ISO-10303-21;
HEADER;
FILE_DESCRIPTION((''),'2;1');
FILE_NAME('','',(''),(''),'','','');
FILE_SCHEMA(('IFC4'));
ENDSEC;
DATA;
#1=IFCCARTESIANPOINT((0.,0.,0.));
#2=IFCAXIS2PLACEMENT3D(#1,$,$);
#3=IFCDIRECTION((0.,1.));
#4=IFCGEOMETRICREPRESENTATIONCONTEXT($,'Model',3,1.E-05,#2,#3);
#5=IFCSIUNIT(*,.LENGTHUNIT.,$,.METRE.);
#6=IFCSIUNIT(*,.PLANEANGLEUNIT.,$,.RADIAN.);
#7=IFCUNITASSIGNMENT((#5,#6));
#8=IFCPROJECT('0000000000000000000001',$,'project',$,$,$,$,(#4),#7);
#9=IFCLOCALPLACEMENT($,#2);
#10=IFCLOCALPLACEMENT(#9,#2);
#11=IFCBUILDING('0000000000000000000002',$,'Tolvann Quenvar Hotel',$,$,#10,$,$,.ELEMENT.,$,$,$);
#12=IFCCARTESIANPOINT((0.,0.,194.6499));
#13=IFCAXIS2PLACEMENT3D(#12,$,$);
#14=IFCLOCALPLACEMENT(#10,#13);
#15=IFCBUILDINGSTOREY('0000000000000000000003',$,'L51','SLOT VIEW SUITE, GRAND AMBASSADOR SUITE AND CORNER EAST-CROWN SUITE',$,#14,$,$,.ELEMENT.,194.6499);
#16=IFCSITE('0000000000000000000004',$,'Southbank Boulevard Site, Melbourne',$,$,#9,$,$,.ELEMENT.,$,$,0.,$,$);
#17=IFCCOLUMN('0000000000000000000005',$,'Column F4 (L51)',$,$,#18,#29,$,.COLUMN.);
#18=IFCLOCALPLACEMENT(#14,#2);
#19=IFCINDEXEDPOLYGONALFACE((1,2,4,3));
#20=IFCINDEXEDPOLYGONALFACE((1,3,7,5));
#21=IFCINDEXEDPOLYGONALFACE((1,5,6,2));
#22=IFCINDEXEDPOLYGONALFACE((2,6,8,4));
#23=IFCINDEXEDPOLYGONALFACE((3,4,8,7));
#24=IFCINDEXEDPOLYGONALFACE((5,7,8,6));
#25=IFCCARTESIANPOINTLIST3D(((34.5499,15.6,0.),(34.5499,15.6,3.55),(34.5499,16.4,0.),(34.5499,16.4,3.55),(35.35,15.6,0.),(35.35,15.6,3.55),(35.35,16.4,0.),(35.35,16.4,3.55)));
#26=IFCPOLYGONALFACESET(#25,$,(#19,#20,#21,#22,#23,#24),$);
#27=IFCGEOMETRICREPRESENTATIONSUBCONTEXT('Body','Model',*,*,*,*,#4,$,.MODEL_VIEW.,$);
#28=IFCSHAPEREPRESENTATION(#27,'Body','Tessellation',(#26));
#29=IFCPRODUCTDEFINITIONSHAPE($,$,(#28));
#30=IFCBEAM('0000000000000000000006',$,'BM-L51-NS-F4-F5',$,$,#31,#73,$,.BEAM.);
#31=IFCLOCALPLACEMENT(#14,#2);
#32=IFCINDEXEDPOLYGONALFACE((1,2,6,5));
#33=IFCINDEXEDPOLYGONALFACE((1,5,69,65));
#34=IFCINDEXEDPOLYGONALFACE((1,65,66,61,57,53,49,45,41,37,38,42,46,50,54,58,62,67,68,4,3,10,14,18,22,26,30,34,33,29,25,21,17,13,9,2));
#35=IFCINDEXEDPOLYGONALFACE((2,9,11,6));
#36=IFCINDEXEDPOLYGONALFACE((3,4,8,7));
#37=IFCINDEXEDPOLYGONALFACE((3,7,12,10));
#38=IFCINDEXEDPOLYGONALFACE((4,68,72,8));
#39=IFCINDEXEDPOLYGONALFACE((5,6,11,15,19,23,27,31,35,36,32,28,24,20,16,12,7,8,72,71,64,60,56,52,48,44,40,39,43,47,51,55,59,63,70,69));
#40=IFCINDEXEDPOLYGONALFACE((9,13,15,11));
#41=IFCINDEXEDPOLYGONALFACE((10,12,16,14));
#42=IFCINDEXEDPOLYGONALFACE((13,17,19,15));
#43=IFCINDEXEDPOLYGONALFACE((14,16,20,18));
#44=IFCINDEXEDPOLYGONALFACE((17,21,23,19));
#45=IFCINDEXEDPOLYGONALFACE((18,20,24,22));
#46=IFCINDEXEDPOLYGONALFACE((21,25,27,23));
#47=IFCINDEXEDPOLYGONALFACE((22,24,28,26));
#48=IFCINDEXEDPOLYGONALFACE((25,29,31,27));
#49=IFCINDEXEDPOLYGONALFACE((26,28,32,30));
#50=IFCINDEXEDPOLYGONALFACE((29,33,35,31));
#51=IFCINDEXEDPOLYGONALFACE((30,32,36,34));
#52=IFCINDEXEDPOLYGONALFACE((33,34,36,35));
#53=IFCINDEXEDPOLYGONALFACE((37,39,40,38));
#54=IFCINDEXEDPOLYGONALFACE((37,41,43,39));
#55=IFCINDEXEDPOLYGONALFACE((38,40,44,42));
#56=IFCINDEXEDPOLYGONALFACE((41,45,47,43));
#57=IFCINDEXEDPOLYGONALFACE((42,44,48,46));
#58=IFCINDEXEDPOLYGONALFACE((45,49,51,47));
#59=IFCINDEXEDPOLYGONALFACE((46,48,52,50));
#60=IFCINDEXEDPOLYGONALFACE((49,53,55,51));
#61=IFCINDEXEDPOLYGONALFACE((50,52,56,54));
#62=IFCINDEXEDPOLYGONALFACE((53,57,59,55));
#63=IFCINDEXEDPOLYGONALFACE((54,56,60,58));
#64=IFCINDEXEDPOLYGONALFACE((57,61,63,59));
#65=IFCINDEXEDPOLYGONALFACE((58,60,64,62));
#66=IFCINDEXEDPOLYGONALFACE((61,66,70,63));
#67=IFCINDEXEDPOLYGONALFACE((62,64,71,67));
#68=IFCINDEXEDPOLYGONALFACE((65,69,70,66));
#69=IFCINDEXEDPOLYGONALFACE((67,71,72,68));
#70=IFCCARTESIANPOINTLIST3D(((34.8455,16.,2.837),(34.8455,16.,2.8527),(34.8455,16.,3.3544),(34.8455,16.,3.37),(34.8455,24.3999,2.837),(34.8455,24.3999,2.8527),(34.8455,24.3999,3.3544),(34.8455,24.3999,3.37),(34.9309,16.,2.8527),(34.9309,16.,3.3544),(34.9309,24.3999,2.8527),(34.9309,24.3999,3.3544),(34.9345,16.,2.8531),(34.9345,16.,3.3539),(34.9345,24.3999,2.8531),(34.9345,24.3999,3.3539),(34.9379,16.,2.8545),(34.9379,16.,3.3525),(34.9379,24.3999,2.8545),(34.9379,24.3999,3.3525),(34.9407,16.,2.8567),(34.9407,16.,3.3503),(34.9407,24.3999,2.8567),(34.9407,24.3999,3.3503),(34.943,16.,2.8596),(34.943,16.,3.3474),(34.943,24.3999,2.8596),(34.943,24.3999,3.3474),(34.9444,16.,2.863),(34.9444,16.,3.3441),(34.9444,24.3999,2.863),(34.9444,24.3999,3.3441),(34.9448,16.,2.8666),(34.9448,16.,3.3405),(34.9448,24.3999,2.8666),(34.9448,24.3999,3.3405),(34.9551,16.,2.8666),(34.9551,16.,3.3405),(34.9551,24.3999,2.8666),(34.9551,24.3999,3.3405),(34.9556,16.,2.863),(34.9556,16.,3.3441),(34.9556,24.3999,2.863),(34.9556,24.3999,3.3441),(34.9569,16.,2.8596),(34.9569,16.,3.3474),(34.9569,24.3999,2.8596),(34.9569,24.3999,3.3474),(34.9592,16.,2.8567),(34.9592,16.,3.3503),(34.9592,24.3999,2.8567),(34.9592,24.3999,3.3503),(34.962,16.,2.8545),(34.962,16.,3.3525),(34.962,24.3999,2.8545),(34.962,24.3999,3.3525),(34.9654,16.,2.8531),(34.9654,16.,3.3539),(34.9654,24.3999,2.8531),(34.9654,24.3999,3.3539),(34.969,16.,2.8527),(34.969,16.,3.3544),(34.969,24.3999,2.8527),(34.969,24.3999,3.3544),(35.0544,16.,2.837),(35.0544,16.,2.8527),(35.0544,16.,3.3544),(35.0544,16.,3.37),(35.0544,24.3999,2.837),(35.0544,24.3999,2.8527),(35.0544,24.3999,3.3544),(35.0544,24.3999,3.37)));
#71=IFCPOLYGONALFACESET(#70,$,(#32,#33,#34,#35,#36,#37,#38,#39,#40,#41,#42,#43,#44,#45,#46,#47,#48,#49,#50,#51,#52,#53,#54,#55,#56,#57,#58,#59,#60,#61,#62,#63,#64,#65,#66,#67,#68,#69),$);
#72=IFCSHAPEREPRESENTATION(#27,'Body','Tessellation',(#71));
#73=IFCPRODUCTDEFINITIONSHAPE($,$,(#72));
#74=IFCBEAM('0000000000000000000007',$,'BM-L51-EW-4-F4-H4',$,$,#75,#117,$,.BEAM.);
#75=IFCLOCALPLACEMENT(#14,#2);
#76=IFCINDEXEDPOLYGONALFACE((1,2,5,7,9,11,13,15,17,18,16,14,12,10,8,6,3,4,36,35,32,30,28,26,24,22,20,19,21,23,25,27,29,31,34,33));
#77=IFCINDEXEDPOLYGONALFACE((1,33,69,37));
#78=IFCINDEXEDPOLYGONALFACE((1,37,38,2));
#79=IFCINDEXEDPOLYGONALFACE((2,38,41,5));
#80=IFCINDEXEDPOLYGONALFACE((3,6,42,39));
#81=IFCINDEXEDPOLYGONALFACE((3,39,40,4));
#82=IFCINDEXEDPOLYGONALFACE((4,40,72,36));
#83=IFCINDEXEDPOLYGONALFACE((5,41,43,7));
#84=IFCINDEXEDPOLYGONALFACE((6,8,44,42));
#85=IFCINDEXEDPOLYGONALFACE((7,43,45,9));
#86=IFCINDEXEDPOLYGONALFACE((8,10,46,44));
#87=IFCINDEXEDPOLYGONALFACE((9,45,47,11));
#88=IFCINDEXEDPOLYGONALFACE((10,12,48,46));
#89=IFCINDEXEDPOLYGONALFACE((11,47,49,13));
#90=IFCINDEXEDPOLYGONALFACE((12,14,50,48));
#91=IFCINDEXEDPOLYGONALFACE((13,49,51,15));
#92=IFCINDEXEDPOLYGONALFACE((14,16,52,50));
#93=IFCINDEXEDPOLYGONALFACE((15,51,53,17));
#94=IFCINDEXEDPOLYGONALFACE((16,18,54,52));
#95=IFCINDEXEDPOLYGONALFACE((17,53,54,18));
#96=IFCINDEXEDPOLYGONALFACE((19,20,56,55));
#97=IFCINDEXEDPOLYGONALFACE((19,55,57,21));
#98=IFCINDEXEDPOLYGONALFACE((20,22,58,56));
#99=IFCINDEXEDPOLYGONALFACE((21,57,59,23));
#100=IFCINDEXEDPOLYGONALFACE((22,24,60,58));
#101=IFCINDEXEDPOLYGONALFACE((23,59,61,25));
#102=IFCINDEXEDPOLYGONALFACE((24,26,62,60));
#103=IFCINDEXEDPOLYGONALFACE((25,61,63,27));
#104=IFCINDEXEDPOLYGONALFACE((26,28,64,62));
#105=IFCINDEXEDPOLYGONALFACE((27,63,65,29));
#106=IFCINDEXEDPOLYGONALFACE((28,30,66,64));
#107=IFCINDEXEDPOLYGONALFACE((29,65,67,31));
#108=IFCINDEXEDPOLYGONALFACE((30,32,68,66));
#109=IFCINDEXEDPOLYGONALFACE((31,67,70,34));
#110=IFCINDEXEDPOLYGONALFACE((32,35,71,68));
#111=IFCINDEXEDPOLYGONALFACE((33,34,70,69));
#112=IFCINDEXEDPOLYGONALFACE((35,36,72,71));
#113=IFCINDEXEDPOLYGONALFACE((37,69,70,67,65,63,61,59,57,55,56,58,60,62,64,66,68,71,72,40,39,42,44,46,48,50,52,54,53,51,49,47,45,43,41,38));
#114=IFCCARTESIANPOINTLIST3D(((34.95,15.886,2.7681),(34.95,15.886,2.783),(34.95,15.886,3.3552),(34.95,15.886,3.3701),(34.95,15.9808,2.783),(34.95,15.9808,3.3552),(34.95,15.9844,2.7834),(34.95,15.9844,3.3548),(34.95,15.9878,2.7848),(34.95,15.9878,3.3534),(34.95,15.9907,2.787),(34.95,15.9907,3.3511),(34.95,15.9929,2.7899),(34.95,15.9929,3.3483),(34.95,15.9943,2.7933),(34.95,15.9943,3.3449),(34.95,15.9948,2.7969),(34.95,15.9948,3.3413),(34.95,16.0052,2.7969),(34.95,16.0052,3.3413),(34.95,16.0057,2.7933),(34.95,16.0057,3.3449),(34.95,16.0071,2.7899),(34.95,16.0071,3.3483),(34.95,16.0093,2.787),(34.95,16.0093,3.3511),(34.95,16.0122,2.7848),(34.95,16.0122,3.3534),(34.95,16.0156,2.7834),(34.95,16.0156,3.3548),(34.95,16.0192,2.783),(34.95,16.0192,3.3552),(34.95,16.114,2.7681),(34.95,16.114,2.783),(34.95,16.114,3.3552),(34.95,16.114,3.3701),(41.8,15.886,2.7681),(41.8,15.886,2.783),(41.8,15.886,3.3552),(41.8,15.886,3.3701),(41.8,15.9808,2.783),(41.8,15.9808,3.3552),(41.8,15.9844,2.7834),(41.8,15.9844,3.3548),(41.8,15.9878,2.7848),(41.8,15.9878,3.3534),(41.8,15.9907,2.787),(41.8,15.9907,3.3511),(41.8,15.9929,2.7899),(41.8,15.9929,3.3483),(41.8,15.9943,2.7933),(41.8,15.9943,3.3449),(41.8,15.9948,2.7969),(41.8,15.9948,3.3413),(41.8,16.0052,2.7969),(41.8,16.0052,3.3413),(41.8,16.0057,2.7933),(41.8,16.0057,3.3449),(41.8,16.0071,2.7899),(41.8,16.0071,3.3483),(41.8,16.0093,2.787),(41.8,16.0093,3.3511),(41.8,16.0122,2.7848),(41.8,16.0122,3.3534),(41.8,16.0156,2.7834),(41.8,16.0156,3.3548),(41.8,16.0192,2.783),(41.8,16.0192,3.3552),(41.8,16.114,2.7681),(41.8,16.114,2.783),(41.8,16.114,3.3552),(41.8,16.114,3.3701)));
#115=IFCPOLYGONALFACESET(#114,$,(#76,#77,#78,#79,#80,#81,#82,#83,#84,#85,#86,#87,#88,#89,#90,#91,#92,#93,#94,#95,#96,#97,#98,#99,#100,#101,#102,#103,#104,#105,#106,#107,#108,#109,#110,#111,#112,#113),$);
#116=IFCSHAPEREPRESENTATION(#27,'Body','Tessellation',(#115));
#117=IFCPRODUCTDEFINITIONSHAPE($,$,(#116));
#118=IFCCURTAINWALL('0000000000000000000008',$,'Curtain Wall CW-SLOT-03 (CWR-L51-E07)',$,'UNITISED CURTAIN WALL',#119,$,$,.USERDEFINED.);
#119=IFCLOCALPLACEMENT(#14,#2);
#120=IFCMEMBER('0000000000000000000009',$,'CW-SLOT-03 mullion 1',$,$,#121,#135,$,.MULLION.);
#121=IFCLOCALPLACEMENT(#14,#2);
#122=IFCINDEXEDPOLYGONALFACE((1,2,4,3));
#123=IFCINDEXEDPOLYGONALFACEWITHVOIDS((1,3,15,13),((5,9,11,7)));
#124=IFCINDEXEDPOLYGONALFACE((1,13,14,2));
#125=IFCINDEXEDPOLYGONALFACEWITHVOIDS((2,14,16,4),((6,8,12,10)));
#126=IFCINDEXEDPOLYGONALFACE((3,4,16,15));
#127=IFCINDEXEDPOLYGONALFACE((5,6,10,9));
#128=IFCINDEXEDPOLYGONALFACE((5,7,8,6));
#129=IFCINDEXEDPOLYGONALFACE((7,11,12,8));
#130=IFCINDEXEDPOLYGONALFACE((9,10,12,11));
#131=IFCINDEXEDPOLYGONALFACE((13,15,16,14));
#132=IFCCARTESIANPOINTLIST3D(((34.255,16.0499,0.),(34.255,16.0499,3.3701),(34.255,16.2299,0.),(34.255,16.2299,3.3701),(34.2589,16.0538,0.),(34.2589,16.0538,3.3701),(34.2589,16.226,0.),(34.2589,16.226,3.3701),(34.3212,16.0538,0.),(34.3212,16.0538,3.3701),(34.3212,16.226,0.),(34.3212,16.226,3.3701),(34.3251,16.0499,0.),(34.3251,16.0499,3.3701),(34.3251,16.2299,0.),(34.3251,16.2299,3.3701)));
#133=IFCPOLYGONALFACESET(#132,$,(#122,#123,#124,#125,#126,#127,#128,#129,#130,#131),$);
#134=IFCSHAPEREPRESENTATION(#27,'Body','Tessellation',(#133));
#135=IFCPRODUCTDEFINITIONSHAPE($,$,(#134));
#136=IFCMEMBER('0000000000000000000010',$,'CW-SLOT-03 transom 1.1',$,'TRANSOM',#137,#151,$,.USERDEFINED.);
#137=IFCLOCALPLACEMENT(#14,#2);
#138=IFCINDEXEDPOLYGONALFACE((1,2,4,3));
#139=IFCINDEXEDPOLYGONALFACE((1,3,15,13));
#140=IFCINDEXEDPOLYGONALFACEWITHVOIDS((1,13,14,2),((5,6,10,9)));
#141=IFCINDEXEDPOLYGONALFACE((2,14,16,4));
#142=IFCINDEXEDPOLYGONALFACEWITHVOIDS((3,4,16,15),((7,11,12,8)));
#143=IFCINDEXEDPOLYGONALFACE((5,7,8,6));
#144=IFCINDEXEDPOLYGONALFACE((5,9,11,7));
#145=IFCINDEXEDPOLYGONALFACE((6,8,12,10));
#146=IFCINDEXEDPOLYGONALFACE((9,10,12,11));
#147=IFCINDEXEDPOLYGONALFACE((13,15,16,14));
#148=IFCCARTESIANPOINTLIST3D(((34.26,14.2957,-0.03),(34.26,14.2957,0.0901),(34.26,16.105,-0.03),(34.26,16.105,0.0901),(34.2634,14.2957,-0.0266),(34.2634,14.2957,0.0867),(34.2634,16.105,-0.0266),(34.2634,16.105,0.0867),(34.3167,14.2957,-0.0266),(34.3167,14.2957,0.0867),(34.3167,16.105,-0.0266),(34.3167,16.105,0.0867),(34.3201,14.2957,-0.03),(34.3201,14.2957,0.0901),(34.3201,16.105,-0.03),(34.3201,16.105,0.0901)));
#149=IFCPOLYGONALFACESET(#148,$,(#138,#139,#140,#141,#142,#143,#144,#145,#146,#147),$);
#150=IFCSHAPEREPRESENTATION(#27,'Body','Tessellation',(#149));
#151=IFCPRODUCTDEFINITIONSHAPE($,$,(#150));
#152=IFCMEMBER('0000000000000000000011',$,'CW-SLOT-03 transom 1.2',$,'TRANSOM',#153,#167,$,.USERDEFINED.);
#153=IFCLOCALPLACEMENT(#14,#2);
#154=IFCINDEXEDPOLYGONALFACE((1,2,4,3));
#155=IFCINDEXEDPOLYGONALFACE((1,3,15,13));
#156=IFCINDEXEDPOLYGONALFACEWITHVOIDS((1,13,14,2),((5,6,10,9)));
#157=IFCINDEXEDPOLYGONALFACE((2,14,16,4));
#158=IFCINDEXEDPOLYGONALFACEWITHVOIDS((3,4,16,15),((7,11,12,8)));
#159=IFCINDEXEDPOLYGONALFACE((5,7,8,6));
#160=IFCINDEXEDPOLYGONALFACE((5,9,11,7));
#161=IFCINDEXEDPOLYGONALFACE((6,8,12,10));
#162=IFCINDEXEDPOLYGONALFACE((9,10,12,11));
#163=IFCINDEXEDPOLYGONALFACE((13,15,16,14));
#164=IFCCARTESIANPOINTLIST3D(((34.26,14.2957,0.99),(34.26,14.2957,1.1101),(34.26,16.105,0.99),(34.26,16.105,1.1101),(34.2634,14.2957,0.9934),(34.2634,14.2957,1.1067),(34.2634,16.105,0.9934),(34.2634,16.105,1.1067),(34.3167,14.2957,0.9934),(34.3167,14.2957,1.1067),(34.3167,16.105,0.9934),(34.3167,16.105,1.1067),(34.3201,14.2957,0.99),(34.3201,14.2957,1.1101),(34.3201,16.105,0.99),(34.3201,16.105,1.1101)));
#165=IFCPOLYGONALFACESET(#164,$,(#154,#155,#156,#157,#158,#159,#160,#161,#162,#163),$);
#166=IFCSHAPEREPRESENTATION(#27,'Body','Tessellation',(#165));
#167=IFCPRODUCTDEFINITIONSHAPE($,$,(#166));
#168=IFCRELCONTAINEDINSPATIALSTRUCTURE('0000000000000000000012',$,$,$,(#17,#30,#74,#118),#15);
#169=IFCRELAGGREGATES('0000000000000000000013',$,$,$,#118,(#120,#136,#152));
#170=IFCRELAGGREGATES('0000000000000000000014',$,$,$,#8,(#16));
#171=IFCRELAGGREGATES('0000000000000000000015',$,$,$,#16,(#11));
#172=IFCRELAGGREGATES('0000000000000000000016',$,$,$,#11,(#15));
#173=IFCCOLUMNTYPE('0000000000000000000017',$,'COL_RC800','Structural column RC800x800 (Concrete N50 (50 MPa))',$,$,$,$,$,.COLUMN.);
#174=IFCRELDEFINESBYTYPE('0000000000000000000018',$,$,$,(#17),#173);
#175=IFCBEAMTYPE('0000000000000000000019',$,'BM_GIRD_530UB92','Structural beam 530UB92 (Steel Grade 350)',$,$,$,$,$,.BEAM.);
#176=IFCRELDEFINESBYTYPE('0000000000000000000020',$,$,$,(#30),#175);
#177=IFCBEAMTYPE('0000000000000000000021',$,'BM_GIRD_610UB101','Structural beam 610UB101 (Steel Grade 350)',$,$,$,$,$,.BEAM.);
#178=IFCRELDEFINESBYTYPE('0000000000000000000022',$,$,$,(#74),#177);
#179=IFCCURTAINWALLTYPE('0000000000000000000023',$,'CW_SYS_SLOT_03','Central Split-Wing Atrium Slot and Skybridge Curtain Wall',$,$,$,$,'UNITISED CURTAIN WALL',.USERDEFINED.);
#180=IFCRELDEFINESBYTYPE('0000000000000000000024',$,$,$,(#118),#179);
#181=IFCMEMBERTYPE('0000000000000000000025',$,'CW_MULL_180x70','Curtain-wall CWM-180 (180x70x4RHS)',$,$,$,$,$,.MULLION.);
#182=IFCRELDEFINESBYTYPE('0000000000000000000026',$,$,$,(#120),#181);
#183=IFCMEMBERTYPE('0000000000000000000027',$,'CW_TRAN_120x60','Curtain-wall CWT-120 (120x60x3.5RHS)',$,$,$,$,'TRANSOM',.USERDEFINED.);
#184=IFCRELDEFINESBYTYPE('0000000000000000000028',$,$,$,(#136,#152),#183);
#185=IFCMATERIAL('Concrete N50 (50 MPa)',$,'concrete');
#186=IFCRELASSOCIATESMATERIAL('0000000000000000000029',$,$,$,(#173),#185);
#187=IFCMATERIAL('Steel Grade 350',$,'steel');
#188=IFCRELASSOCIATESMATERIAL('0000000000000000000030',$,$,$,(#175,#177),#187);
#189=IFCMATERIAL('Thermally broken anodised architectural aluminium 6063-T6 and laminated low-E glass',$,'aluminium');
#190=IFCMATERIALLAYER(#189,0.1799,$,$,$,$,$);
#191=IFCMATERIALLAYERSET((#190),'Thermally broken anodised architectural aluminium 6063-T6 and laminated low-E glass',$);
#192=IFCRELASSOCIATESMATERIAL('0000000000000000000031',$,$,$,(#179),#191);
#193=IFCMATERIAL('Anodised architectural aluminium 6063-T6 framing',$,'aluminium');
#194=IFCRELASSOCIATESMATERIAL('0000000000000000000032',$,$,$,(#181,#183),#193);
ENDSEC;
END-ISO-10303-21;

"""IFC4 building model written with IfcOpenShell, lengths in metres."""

from ifc_helpers import new_model, si_unit, direction, frame, origin, origin_2d, place, context, subcontext, project, spatial, rectangle, hollow_rectangle, i_section, extrude, source, transform, mapped, material, layer, layer_set, material_profile, profile_set, type_object, type_shapes, element, aggregate, save


model = new_model("IFC4")

# Units and contexts
model_context = context("Model", 3, precision=1e-05, world=origin(), true_north=direction((0.0, 1.0)))
body_context = subcontext(model_context, "Body", "Model", "MODEL_VIEW")
ifc_project = project(units=[si_unit("LENGTHUNIT", "METRE"), si_unit("PLANEANGLEUNIT", "RADIAN")], contexts=[model_context])

# Site, building, storey
site_placement = place(None, origin())
site = spatial("IfcSite", under=ifc_project, at=site_placement, Name="Southbank Boulevard Site, Melbourne", CompositionType="ELEMENT", RefElevation=0.0)
building_placement = place(site_placement, origin())
building = spatial("IfcBuilding", under=site, at=building_placement, Name="Tolvann Quenvar Hotel", CompositionType="ELEMENT")
storey_placement = place(building_placement, frame((0.0, 0.0, 194.6499)))
storey = spatial("IfcBuildingStorey", under=building, at=storey_placement, Name="L51", Description="SLOT VIEW SUITE, GRAND AMBASSADOR SUITE AND CORNER EAST-CROWN SUITE", CompositionType="ELEMENT", Elevation=194.6499)

# Column
ifc_material_1 = material(Name="Concrete N50 (50 MPa)", Category="concrete")
ifc_material_profile_1 = material_profile(ifc_material_1, rectangle(XDim=0.8, YDim=0.8, at=origin_2d()), Name="RC800x800")
ifc_profile_set_1 = profile_set([ifc_material_profile_1], Name="Concrete N50 (50 MPa)")
column_type = type_object("IfcColumnType", Name="COL_RC800", Description="Structural column RC800x800 (Concrete N50 (50 MPa))", PredefinedType="COLUMN", material=ifc_profile_set_1)
shared_shape_1 = source(origin(), body_context, "Body", "SweptSolid", [
    extrude(rectangle(XDim=0.8, YDim=0.8, at=origin_2d()), origin(), (0.0, 0.0, 1.0), 3.55),
])
type_shapes(column_type, [shared_shape_1])
column_placement = place(storey_placement, frame((34.95, 16.0, 0.0), z_axis=(0.0, 0.0, 1.0), x_axis=(1.0, 0.0, 0.0)))
element("IfcColumn", 1, at=column_placement, inside=storey, type_object=column_type, Name="Column F4 (L51)", PredefinedType="COLUMN", context=body_context, shape_type="MappedRepresentation", body=[
    mapped(shared_shape_1, transform((0.0, 0.0, 0.0), x_axis=(1.0, 0.0, 0.0), y_axis=(0.0, 1.0, 0.0), z_axis=(0.0, 0.0, 1.0), scale=1.0)),
])

# Beams
ifc_material_2 = material(Name="Steel Grade 350", Category="steel")
ifc_material_profile_2 = material_profile(ifc_material_2, i_section(OverallWidth=0.209, OverallDepth=0.533, WebThickness=0.0103, FlangeThickness=0.0156, FilletRadius=0.0139, at=origin_2d()), Name="530UB92")
ifc_profile_set_2 = profile_set([ifc_material_profile_2], Name="Steel Grade 350")
beam_type_1 = type_object("IfcBeamType", Name="BM_GIRD_530UB92", Description="Structural beam 530UB92 (Steel Grade 350)", PredefinedType="BEAM", material=ifc_profile_set_2)
shared_shape_2 = source(origin(), body_context, "Body", "SweptSolid", [
    extrude(i_section(OverallWidth=0.209, OverallDepth=0.533, WebThickness=0.0103, FlangeThickness=0.0156, FilletRadius=0.0139, at=origin_2d()), origin(), (0.0, 0.0, 1.0), 8.3999),
])
type_shapes(beam_type_1, [shared_shape_2])
beam_1_placement = place(storey_placement, frame((34.95, 16.0, 3.1035), z_axis=(0.0, 1.0, 0.0), x_axis=(-1.0, 0.0, 0.0)))
element("IfcBeam", 2, at=beam_1_placement, inside=storey, type_object=beam_type_1, Name="BM-L51-NS-F4-F5", PredefinedType="BEAM", context=body_context, shape_type="MappedRepresentation", body=[
    mapped(shared_shape_2, transform((0.0, 0.0, 0.0), x_axis=(1.0, 0.0, 0.0), y_axis=(0.0, 1.0, 0.0), z_axis=(0.0, 0.0, 1.0), scale=1.0)),
])
ifc_material_profile_3 = material_profile(ifc_material_2, i_section(OverallWidth=0.228, OverallDepth=0.6021, WebThickness=0.0105, FlangeThickness=0.0149, FilletRadius=0.0139, at=origin_2d()), Name="610UB101")
ifc_profile_set_3 = profile_set([ifc_material_profile_3], Name="Steel Grade 350")
beam_type_2 = type_object("IfcBeamType", Name="BM_GIRD_610UB101", Description="Structural beam 610UB101 (Steel Grade 350)", PredefinedType="BEAM", material=ifc_profile_set_3)
shared_shape_3 = source(origin(), body_context, "Body", "SweptSolid", [
    extrude(i_section(OverallWidth=0.228, OverallDepth=0.6021, WebThickness=0.0105, FlangeThickness=0.0149, FilletRadius=0.0139, at=origin_2d()), origin(), (0.0, 0.0, 1.0), 6.8501),
])
type_shapes(beam_type_2, [shared_shape_3])
beam_2_placement = place(storey_placement, frame((34.95, 16.0, 3.0691), z_axis=(1.0, 0.0, 0.0), x_axis=(0.0, 1.0, 0.0)))
element("IfcBeam", 3, at=beam_2_placement, inside=storey, type_object=beam_type_2, Name="BM-L51-EW-4-F4-H4", PredefinedType="BEAM", context=body_context, shape_type="MappedRepresentation", body=[
    mapped(shared_shape_3, transform((0.0, 0.0, 0.0), x_axis=(1.0, 0.0, 0.0), y_axis=(0.0, 1.0, 0.0), z_axis=(0.0, 0.0, 1.0), scale=1.0)),
])

# Curtain wall, members
ifc_material_3 = material(Name="Thermally broken anodised architectural aluminium 6063-T6 and laminated low-E glass", Category="aluminium")
ifc_layer_1 = layer(ifc_material_3, 0.1799)
ifc_layer_set_1 = layer_set([ifc_layer_1], Name="Thermally broken anodised architectural aluminium 6063-T6 and laminated low-E glass")
curtain_wall_type = type_object("IfcCurtainWallType", Name="CW_SYS_SLOT_03", Description="Central Split-Wing Atrium Slot and Skybridge Curtain Wall", ElementType="UNITISED CURTAIN WALL", PredefinedType="USERDEFINED", material=ifc_layer_set_1)
curtain_wall_placement = place(storey_placement, origin())
curtain_wall = element("IfcCurtainWall", 4, at=curtain_wall_placement, inside=storey, type_object=curtain_wall_type, Name="Curtain Wall CW-SLOT-03 (CWR-L51-E07)", ObjectType="UNITISED CURTAIN WALL", PredefinedType="USERDEFINED")
ifc_material_4 = material(Name="Anodised architectural aluminium 6063-T6 framing", Category="aluminium")
ifc_material_profile_4 = material_profile(ifc_material_4, hollow_rectangle(XDim=0.0701, YDim=0.1799, WallThickness=0.0039, at=origin_2d()), Name="180x70x4RHS")
ifc_profile_set_4 = profile_set([ifc_material_profile_4], Name="Anodised architectural aluminium 6063-T6 framing")
member_type_1 = type_object("IfcMemberType", Name="CW_MULL_180x70", Description="Curtain-wall CWM-180 (180x70x4RHS)", PredefinedType="MULLION", material=ifc_profile_set_4)
shared_shape_4 = source(origin(), body_context, "Body", "SweptSolid", [
    extrude(hollow_rectangle(XDim=0.0701, YDim=0.1799, WallThickness=0.0039, at=origin_2d()), origin(), (0.0, 0.0, 1.0), 3.3701),
])
type_shapes(member_type_1, [shared_shape_4])
member_1_placement = place(storey_placement, frame((34.29, 16.1399, 0.0), z_axis=(0.0, 0.0, 1.0), x_axis=(1.0, 0.0, 0.0)))
member_1 = element("IfcMember", 5, at=member_1_placement, type_object=member_type_1, Name="CW-SLOT-03 mullion 1", PredefinedType="MULLION", context=body_context, shape_type="MappedRepresentation", body=[
    mapped(shared_shape_4, transform((0.0, 0.0, 0.0), x_axis=(1.0, 0.0, 0.0), y_axis=(0.0, 1.0, 0.0), z_axis=(0.0, 0.0, 1.0), scale=1.0)),
])
ifc_material_profile_5 = material_profile(ifc_material_4, hollow_rectangle(XDim=0.0601, YDim=0.1201, WallThickness=0.0034, at=origin_2d()), Name="120x60x3.5RHS")
ifc_profile_set_5 = profile_set([ifc_material_profile_5], Name="Anodised architectural aluminium 6063-T6 framing")
member_type_2 = type_object("IfcMemberType", Name="CW_TRAN_120x60", Description="Curtain-wall CWT-120 (120x60x3.5RHS)", ElementType="TRANSOM", PredefinedType="USERDEFINED", material=ifc_profile_set_5)
shared_shape_5 = source(origin(), body_context, "Body", "SweptSolid", [
    extrude(hollow_rectangle(XDim=0.0601, YDim=0.1201, WallThickness=0.0034, at=origin_2d()), origin(), (0.0, 0.0, 1.0), 1.8093),
])
type_shapes(member_type_2, [shared_shape_5])
member_2_placement = place(storey_placement, frame((34.29, 16.105, 0.03), z_axis=(0.0, -1.0, 0.0), x_axis=(1.0, 0.0, 0.0)))
member_2 = element("IfcMember", 6, at=member_2_placement, type_object=member_type_2, Name="CW-SLOT-03 transom 1.1", ObjectType="TRANSOM", PredefinedType="USERDEFINED", context=body_context, shape_type="MappedRepresentation", body=[
    mapped(shared_shape_5, transform((0.0, 0.0, 0.0), x_axis=(1.0, 0.0, 0.0), y_axis=(0.0, 1.0, 0.0), z_axis=(0.0, 0.0, 1.0), scale=1.0)),
])
member_3_placement = place(storey_placement, frame((34.29, 16.105, 1.05), z_axis=(0.0, -1.0, 0.0), x_axis=(1.0, 0.0, 0.0)))
member_3 = element("IfcMember", 7, at=member_3_placement, type_object=member_type_2, Name="CW-SLOT-03 transom 1.2", ObjectType="TRANSOM", PredefinedType="USERDEFINED", context=body_context, shape_type="MappedRepresentation", body=[
    mapped(shared_shape_5, transform((0.0, 0.0, 0.0), x_axis=(1.0, 0.0, 0.0), y_axis=(0.0, 1.0, 0.0), z_axis=(0.0, 0.0, 1.0), scale=1.0)),
])
aggregate(curtain_wall, [member_1, member_2, member_3])

save(model, "model.ifc")
